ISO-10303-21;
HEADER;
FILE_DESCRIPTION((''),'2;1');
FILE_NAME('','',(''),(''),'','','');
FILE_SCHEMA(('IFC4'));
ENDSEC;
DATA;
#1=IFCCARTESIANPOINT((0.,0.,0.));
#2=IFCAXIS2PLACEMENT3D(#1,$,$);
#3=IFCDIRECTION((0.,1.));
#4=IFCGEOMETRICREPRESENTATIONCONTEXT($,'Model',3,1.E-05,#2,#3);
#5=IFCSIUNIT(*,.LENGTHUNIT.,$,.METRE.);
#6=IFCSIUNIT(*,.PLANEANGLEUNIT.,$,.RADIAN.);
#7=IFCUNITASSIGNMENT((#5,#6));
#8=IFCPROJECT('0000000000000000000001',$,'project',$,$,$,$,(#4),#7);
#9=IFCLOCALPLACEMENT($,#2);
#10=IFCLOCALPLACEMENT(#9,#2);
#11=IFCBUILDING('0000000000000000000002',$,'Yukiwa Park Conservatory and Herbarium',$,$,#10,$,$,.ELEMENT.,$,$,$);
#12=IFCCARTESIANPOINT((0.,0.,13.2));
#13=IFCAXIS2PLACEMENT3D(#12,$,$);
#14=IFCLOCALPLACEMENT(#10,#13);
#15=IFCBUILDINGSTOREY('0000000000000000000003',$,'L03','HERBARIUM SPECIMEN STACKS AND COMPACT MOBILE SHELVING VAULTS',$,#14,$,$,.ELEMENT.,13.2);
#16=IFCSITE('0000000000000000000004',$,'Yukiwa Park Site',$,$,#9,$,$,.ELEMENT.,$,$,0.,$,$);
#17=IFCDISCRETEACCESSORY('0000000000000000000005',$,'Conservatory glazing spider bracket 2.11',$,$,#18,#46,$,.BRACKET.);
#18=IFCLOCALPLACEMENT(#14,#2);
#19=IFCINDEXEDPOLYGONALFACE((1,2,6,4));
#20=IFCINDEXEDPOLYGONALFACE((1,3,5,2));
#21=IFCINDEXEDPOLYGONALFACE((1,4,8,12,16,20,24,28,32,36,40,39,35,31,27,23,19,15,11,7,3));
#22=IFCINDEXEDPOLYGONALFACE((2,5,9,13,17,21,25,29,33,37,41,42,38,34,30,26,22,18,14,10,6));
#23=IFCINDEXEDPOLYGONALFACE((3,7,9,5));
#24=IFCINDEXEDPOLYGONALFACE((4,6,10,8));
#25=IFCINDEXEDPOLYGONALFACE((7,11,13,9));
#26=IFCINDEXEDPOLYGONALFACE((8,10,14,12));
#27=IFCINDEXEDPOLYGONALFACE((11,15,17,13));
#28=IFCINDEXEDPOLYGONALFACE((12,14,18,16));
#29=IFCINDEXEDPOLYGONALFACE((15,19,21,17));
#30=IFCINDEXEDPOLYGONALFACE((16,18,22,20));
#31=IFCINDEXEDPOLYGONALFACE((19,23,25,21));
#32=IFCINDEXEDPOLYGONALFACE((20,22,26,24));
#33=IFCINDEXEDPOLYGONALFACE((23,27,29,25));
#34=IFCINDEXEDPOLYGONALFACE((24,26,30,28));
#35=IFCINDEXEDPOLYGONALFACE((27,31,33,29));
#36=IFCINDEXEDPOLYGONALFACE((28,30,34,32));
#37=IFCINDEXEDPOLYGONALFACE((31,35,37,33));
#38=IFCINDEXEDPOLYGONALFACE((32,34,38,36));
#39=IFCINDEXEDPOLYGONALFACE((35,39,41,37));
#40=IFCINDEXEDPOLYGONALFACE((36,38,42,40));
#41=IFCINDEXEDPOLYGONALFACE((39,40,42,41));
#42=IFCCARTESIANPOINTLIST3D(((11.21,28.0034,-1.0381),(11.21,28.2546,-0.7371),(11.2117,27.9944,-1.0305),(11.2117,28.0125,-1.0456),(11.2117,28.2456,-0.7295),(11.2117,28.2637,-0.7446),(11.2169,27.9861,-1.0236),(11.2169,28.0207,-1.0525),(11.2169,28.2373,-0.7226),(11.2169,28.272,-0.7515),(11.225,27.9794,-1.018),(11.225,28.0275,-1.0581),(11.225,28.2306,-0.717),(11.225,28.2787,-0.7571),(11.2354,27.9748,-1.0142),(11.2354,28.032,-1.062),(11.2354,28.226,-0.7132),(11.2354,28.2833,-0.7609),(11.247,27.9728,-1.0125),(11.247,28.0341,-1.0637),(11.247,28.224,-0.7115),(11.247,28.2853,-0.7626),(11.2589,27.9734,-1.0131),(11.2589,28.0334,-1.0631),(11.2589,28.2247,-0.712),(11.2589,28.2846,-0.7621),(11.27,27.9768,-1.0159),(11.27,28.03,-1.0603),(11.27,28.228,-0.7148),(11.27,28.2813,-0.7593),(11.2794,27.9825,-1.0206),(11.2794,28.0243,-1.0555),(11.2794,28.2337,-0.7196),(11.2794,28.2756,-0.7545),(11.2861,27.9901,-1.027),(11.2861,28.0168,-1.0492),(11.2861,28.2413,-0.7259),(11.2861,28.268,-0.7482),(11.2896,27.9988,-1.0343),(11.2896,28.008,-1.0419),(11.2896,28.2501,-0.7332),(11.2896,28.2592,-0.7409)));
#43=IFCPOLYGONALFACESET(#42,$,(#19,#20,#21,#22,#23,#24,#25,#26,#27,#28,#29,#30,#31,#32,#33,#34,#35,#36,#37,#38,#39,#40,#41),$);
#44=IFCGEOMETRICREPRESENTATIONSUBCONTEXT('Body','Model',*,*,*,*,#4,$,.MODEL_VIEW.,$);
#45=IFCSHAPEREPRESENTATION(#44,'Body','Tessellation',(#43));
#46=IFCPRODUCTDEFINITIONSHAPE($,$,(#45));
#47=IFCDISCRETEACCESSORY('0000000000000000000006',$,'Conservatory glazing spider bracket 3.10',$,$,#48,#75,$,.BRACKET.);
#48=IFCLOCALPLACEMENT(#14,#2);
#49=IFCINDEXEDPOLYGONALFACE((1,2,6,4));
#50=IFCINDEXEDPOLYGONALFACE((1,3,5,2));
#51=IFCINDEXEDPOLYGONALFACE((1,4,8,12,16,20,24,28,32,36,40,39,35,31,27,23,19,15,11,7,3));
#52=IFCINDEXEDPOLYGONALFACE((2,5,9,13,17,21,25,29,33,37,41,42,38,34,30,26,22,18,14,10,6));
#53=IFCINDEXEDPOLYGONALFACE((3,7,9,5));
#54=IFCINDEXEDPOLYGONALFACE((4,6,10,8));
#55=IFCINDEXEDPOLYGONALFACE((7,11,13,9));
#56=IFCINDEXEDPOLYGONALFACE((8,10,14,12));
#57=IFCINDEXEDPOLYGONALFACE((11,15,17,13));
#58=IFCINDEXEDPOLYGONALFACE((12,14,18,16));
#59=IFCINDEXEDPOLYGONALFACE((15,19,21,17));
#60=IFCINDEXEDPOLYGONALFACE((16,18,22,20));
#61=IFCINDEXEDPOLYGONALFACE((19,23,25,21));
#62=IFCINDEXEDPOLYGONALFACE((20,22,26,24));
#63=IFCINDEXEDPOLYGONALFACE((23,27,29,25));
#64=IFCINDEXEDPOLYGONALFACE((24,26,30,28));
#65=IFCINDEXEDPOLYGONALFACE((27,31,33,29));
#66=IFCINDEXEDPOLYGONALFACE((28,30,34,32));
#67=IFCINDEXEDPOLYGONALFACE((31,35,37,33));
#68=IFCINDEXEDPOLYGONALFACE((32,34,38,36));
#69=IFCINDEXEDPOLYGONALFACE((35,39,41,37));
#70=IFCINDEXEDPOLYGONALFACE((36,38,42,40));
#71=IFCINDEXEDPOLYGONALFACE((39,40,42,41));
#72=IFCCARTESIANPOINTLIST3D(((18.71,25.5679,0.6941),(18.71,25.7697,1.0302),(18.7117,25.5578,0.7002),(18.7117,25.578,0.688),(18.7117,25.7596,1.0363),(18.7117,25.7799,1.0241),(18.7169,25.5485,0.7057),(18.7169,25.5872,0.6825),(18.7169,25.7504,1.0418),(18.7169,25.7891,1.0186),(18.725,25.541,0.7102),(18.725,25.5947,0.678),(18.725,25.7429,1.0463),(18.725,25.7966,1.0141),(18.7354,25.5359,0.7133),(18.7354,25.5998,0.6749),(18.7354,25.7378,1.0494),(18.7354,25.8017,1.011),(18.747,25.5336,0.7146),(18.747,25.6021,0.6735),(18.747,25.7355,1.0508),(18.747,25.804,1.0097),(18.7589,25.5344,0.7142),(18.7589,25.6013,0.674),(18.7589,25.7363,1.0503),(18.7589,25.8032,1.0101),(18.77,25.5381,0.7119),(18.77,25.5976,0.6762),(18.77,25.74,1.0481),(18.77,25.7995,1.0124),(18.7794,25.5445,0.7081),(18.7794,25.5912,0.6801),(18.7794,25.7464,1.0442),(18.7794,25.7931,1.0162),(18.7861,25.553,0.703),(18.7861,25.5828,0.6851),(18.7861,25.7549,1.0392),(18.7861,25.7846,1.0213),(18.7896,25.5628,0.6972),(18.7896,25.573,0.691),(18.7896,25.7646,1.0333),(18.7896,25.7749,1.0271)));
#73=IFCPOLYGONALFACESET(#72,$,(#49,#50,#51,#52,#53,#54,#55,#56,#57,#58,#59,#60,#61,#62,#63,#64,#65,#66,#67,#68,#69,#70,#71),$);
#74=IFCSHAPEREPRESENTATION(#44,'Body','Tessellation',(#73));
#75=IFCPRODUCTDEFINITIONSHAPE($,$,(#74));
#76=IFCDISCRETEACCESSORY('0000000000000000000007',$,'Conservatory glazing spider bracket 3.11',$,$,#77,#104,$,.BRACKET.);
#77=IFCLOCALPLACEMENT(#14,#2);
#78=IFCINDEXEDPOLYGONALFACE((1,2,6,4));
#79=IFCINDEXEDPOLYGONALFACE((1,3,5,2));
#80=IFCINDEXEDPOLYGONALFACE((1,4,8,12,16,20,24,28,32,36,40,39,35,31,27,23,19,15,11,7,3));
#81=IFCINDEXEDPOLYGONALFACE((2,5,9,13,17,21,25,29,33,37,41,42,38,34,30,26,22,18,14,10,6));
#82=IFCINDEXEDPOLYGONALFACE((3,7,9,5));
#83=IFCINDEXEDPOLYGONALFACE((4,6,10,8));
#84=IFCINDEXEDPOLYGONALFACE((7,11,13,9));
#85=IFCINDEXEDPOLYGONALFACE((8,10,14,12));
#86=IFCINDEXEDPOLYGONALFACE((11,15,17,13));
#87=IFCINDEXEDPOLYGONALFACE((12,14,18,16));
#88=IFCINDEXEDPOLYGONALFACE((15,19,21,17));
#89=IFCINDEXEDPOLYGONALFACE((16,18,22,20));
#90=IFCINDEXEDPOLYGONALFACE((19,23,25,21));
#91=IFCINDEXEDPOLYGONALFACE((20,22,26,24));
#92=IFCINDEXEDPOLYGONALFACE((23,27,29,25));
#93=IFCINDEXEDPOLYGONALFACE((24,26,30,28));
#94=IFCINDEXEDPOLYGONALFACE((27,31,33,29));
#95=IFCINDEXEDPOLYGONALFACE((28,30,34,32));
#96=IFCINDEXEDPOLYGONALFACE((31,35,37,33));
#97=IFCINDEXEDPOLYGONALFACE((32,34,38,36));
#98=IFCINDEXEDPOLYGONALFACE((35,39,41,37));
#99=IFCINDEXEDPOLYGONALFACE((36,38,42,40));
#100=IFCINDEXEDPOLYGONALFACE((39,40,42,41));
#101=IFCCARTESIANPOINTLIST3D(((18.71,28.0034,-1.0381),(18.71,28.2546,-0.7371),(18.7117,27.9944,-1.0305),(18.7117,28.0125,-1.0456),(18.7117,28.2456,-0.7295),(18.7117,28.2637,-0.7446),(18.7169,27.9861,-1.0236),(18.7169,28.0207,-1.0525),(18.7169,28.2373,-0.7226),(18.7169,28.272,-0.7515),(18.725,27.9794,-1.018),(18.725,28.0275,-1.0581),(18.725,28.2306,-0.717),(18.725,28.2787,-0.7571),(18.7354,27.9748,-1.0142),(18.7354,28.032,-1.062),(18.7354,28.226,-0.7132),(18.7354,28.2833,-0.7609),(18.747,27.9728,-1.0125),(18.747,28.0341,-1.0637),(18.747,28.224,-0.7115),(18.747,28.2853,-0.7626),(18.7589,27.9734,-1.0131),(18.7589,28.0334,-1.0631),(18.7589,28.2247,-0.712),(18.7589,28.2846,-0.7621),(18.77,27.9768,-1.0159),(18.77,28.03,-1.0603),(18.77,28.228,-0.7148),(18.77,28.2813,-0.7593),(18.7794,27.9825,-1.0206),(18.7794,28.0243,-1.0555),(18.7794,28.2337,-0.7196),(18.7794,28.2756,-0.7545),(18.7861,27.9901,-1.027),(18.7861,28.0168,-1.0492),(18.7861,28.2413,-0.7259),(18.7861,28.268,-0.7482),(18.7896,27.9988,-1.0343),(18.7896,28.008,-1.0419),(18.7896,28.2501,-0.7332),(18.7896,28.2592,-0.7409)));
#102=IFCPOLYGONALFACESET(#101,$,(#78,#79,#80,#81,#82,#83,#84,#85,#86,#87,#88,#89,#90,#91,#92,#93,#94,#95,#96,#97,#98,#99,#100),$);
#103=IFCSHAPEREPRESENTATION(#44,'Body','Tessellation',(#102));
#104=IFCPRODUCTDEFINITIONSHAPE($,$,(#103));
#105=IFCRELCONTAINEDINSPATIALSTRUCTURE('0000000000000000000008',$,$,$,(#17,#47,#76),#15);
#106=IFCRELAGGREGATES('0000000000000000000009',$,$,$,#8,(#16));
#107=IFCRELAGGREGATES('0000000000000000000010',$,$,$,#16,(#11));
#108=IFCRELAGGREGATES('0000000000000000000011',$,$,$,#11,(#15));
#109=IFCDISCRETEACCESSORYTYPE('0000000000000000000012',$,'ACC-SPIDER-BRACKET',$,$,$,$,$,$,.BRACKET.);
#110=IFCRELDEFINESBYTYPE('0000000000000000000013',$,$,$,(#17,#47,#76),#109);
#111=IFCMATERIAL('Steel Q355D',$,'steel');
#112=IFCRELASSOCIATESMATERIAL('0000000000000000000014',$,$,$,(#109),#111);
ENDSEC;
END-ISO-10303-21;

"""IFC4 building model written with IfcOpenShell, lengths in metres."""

from ifc_helpers import new_model, si_unit, direction, frame, origin, origin_2d, place, context, subcontext, project, spatial, circle, extrude, material, type_object, element, save


model = new_model("IFC4")

# Units and contexts
model_context = context("Model", 3, precision=1e-05, world=origin(), true_north=direction((0.0, 1.0)))
body_context = subcontext(model_context, "Body", "Model", "MODEL_VIEW")
ifc_project = project(units=[si_unit("LENGTHUNIT", "METRE"), si_unit("PLANEANGLEUNIT", "RADIAN")], contexts=[model_context])

# Site, building, storey
site_placement = place(None, origin())
site = spatial("IfcSite", under=ifc_project, at=site_placement, Name="Yukiwa Park Site", CompositionType="ELEMENT", RefElevation=0.0)
building_placement = place(site_placement, origin())
building = spatial("IfcBuilding", under=site, at=building_placement, Name="Yukiwa Park Conservatory and Herbarium", CompositionType="ELEMENT")
storey_placement = place(building_placement, frame((0.0, 0.0, 13.2)))
storey = spatial("IfcBuildingStorey", under=building, at=storey_placement, Name="L03", Description="HERBARIUM SPECIMEN STACKS AND COMPACT MOBILE SHELVING VAULTS", CompositionType="ELEMENT", Elevation=13.2)

# Discrete accessories
ifc_material_1 = material(Name="Steel Q355D", Category="steel")
discrete_accessory_type = type_object("IfcDiscreteAccessoryType", Name="ACC-SPIDER-BRACKET", PredefinedType="BRACKET", material=ifc_material_1)
for number, where, z_axis, x_axis, name in (
    (1, (11.25, 28.0034, -1.0381), (0.0, 0.640735, 0.767762), (-1.0, 0.0, 0.0), "Conservatory glazing spider bracket 2.11"),
    (2, (18.75, 25.5679, 0.6941), (0.0, 0.514862, 0.857273), (-1.0, 0.0, 0.0), "Conservatory glazing spider bracket 3.10"),
    (3, (18.75, 28.0034, -1.0381), (0.0, 0.640735, 0.767762), (-1.0, 0.0, 0.0), "Conservatory glazing spider bracket 3.11"),
):
    element("IfcDiscreteAccessory", number, at=place(storey_placement, frame(where, z_axis=z_axis, x_axis=x_axis)), inside=storey, type_object=discrete_accessory_type, Name=name, PredefinedType="BRACKET", context=body_context, shape_type="SweptSolid", body=[
        extrude(circle(Radius=0.04, at=origin_2d()), origin(), (0.0, 0.0, 1.0), 0.3921),
    ])

save(model, "model.ifc")
